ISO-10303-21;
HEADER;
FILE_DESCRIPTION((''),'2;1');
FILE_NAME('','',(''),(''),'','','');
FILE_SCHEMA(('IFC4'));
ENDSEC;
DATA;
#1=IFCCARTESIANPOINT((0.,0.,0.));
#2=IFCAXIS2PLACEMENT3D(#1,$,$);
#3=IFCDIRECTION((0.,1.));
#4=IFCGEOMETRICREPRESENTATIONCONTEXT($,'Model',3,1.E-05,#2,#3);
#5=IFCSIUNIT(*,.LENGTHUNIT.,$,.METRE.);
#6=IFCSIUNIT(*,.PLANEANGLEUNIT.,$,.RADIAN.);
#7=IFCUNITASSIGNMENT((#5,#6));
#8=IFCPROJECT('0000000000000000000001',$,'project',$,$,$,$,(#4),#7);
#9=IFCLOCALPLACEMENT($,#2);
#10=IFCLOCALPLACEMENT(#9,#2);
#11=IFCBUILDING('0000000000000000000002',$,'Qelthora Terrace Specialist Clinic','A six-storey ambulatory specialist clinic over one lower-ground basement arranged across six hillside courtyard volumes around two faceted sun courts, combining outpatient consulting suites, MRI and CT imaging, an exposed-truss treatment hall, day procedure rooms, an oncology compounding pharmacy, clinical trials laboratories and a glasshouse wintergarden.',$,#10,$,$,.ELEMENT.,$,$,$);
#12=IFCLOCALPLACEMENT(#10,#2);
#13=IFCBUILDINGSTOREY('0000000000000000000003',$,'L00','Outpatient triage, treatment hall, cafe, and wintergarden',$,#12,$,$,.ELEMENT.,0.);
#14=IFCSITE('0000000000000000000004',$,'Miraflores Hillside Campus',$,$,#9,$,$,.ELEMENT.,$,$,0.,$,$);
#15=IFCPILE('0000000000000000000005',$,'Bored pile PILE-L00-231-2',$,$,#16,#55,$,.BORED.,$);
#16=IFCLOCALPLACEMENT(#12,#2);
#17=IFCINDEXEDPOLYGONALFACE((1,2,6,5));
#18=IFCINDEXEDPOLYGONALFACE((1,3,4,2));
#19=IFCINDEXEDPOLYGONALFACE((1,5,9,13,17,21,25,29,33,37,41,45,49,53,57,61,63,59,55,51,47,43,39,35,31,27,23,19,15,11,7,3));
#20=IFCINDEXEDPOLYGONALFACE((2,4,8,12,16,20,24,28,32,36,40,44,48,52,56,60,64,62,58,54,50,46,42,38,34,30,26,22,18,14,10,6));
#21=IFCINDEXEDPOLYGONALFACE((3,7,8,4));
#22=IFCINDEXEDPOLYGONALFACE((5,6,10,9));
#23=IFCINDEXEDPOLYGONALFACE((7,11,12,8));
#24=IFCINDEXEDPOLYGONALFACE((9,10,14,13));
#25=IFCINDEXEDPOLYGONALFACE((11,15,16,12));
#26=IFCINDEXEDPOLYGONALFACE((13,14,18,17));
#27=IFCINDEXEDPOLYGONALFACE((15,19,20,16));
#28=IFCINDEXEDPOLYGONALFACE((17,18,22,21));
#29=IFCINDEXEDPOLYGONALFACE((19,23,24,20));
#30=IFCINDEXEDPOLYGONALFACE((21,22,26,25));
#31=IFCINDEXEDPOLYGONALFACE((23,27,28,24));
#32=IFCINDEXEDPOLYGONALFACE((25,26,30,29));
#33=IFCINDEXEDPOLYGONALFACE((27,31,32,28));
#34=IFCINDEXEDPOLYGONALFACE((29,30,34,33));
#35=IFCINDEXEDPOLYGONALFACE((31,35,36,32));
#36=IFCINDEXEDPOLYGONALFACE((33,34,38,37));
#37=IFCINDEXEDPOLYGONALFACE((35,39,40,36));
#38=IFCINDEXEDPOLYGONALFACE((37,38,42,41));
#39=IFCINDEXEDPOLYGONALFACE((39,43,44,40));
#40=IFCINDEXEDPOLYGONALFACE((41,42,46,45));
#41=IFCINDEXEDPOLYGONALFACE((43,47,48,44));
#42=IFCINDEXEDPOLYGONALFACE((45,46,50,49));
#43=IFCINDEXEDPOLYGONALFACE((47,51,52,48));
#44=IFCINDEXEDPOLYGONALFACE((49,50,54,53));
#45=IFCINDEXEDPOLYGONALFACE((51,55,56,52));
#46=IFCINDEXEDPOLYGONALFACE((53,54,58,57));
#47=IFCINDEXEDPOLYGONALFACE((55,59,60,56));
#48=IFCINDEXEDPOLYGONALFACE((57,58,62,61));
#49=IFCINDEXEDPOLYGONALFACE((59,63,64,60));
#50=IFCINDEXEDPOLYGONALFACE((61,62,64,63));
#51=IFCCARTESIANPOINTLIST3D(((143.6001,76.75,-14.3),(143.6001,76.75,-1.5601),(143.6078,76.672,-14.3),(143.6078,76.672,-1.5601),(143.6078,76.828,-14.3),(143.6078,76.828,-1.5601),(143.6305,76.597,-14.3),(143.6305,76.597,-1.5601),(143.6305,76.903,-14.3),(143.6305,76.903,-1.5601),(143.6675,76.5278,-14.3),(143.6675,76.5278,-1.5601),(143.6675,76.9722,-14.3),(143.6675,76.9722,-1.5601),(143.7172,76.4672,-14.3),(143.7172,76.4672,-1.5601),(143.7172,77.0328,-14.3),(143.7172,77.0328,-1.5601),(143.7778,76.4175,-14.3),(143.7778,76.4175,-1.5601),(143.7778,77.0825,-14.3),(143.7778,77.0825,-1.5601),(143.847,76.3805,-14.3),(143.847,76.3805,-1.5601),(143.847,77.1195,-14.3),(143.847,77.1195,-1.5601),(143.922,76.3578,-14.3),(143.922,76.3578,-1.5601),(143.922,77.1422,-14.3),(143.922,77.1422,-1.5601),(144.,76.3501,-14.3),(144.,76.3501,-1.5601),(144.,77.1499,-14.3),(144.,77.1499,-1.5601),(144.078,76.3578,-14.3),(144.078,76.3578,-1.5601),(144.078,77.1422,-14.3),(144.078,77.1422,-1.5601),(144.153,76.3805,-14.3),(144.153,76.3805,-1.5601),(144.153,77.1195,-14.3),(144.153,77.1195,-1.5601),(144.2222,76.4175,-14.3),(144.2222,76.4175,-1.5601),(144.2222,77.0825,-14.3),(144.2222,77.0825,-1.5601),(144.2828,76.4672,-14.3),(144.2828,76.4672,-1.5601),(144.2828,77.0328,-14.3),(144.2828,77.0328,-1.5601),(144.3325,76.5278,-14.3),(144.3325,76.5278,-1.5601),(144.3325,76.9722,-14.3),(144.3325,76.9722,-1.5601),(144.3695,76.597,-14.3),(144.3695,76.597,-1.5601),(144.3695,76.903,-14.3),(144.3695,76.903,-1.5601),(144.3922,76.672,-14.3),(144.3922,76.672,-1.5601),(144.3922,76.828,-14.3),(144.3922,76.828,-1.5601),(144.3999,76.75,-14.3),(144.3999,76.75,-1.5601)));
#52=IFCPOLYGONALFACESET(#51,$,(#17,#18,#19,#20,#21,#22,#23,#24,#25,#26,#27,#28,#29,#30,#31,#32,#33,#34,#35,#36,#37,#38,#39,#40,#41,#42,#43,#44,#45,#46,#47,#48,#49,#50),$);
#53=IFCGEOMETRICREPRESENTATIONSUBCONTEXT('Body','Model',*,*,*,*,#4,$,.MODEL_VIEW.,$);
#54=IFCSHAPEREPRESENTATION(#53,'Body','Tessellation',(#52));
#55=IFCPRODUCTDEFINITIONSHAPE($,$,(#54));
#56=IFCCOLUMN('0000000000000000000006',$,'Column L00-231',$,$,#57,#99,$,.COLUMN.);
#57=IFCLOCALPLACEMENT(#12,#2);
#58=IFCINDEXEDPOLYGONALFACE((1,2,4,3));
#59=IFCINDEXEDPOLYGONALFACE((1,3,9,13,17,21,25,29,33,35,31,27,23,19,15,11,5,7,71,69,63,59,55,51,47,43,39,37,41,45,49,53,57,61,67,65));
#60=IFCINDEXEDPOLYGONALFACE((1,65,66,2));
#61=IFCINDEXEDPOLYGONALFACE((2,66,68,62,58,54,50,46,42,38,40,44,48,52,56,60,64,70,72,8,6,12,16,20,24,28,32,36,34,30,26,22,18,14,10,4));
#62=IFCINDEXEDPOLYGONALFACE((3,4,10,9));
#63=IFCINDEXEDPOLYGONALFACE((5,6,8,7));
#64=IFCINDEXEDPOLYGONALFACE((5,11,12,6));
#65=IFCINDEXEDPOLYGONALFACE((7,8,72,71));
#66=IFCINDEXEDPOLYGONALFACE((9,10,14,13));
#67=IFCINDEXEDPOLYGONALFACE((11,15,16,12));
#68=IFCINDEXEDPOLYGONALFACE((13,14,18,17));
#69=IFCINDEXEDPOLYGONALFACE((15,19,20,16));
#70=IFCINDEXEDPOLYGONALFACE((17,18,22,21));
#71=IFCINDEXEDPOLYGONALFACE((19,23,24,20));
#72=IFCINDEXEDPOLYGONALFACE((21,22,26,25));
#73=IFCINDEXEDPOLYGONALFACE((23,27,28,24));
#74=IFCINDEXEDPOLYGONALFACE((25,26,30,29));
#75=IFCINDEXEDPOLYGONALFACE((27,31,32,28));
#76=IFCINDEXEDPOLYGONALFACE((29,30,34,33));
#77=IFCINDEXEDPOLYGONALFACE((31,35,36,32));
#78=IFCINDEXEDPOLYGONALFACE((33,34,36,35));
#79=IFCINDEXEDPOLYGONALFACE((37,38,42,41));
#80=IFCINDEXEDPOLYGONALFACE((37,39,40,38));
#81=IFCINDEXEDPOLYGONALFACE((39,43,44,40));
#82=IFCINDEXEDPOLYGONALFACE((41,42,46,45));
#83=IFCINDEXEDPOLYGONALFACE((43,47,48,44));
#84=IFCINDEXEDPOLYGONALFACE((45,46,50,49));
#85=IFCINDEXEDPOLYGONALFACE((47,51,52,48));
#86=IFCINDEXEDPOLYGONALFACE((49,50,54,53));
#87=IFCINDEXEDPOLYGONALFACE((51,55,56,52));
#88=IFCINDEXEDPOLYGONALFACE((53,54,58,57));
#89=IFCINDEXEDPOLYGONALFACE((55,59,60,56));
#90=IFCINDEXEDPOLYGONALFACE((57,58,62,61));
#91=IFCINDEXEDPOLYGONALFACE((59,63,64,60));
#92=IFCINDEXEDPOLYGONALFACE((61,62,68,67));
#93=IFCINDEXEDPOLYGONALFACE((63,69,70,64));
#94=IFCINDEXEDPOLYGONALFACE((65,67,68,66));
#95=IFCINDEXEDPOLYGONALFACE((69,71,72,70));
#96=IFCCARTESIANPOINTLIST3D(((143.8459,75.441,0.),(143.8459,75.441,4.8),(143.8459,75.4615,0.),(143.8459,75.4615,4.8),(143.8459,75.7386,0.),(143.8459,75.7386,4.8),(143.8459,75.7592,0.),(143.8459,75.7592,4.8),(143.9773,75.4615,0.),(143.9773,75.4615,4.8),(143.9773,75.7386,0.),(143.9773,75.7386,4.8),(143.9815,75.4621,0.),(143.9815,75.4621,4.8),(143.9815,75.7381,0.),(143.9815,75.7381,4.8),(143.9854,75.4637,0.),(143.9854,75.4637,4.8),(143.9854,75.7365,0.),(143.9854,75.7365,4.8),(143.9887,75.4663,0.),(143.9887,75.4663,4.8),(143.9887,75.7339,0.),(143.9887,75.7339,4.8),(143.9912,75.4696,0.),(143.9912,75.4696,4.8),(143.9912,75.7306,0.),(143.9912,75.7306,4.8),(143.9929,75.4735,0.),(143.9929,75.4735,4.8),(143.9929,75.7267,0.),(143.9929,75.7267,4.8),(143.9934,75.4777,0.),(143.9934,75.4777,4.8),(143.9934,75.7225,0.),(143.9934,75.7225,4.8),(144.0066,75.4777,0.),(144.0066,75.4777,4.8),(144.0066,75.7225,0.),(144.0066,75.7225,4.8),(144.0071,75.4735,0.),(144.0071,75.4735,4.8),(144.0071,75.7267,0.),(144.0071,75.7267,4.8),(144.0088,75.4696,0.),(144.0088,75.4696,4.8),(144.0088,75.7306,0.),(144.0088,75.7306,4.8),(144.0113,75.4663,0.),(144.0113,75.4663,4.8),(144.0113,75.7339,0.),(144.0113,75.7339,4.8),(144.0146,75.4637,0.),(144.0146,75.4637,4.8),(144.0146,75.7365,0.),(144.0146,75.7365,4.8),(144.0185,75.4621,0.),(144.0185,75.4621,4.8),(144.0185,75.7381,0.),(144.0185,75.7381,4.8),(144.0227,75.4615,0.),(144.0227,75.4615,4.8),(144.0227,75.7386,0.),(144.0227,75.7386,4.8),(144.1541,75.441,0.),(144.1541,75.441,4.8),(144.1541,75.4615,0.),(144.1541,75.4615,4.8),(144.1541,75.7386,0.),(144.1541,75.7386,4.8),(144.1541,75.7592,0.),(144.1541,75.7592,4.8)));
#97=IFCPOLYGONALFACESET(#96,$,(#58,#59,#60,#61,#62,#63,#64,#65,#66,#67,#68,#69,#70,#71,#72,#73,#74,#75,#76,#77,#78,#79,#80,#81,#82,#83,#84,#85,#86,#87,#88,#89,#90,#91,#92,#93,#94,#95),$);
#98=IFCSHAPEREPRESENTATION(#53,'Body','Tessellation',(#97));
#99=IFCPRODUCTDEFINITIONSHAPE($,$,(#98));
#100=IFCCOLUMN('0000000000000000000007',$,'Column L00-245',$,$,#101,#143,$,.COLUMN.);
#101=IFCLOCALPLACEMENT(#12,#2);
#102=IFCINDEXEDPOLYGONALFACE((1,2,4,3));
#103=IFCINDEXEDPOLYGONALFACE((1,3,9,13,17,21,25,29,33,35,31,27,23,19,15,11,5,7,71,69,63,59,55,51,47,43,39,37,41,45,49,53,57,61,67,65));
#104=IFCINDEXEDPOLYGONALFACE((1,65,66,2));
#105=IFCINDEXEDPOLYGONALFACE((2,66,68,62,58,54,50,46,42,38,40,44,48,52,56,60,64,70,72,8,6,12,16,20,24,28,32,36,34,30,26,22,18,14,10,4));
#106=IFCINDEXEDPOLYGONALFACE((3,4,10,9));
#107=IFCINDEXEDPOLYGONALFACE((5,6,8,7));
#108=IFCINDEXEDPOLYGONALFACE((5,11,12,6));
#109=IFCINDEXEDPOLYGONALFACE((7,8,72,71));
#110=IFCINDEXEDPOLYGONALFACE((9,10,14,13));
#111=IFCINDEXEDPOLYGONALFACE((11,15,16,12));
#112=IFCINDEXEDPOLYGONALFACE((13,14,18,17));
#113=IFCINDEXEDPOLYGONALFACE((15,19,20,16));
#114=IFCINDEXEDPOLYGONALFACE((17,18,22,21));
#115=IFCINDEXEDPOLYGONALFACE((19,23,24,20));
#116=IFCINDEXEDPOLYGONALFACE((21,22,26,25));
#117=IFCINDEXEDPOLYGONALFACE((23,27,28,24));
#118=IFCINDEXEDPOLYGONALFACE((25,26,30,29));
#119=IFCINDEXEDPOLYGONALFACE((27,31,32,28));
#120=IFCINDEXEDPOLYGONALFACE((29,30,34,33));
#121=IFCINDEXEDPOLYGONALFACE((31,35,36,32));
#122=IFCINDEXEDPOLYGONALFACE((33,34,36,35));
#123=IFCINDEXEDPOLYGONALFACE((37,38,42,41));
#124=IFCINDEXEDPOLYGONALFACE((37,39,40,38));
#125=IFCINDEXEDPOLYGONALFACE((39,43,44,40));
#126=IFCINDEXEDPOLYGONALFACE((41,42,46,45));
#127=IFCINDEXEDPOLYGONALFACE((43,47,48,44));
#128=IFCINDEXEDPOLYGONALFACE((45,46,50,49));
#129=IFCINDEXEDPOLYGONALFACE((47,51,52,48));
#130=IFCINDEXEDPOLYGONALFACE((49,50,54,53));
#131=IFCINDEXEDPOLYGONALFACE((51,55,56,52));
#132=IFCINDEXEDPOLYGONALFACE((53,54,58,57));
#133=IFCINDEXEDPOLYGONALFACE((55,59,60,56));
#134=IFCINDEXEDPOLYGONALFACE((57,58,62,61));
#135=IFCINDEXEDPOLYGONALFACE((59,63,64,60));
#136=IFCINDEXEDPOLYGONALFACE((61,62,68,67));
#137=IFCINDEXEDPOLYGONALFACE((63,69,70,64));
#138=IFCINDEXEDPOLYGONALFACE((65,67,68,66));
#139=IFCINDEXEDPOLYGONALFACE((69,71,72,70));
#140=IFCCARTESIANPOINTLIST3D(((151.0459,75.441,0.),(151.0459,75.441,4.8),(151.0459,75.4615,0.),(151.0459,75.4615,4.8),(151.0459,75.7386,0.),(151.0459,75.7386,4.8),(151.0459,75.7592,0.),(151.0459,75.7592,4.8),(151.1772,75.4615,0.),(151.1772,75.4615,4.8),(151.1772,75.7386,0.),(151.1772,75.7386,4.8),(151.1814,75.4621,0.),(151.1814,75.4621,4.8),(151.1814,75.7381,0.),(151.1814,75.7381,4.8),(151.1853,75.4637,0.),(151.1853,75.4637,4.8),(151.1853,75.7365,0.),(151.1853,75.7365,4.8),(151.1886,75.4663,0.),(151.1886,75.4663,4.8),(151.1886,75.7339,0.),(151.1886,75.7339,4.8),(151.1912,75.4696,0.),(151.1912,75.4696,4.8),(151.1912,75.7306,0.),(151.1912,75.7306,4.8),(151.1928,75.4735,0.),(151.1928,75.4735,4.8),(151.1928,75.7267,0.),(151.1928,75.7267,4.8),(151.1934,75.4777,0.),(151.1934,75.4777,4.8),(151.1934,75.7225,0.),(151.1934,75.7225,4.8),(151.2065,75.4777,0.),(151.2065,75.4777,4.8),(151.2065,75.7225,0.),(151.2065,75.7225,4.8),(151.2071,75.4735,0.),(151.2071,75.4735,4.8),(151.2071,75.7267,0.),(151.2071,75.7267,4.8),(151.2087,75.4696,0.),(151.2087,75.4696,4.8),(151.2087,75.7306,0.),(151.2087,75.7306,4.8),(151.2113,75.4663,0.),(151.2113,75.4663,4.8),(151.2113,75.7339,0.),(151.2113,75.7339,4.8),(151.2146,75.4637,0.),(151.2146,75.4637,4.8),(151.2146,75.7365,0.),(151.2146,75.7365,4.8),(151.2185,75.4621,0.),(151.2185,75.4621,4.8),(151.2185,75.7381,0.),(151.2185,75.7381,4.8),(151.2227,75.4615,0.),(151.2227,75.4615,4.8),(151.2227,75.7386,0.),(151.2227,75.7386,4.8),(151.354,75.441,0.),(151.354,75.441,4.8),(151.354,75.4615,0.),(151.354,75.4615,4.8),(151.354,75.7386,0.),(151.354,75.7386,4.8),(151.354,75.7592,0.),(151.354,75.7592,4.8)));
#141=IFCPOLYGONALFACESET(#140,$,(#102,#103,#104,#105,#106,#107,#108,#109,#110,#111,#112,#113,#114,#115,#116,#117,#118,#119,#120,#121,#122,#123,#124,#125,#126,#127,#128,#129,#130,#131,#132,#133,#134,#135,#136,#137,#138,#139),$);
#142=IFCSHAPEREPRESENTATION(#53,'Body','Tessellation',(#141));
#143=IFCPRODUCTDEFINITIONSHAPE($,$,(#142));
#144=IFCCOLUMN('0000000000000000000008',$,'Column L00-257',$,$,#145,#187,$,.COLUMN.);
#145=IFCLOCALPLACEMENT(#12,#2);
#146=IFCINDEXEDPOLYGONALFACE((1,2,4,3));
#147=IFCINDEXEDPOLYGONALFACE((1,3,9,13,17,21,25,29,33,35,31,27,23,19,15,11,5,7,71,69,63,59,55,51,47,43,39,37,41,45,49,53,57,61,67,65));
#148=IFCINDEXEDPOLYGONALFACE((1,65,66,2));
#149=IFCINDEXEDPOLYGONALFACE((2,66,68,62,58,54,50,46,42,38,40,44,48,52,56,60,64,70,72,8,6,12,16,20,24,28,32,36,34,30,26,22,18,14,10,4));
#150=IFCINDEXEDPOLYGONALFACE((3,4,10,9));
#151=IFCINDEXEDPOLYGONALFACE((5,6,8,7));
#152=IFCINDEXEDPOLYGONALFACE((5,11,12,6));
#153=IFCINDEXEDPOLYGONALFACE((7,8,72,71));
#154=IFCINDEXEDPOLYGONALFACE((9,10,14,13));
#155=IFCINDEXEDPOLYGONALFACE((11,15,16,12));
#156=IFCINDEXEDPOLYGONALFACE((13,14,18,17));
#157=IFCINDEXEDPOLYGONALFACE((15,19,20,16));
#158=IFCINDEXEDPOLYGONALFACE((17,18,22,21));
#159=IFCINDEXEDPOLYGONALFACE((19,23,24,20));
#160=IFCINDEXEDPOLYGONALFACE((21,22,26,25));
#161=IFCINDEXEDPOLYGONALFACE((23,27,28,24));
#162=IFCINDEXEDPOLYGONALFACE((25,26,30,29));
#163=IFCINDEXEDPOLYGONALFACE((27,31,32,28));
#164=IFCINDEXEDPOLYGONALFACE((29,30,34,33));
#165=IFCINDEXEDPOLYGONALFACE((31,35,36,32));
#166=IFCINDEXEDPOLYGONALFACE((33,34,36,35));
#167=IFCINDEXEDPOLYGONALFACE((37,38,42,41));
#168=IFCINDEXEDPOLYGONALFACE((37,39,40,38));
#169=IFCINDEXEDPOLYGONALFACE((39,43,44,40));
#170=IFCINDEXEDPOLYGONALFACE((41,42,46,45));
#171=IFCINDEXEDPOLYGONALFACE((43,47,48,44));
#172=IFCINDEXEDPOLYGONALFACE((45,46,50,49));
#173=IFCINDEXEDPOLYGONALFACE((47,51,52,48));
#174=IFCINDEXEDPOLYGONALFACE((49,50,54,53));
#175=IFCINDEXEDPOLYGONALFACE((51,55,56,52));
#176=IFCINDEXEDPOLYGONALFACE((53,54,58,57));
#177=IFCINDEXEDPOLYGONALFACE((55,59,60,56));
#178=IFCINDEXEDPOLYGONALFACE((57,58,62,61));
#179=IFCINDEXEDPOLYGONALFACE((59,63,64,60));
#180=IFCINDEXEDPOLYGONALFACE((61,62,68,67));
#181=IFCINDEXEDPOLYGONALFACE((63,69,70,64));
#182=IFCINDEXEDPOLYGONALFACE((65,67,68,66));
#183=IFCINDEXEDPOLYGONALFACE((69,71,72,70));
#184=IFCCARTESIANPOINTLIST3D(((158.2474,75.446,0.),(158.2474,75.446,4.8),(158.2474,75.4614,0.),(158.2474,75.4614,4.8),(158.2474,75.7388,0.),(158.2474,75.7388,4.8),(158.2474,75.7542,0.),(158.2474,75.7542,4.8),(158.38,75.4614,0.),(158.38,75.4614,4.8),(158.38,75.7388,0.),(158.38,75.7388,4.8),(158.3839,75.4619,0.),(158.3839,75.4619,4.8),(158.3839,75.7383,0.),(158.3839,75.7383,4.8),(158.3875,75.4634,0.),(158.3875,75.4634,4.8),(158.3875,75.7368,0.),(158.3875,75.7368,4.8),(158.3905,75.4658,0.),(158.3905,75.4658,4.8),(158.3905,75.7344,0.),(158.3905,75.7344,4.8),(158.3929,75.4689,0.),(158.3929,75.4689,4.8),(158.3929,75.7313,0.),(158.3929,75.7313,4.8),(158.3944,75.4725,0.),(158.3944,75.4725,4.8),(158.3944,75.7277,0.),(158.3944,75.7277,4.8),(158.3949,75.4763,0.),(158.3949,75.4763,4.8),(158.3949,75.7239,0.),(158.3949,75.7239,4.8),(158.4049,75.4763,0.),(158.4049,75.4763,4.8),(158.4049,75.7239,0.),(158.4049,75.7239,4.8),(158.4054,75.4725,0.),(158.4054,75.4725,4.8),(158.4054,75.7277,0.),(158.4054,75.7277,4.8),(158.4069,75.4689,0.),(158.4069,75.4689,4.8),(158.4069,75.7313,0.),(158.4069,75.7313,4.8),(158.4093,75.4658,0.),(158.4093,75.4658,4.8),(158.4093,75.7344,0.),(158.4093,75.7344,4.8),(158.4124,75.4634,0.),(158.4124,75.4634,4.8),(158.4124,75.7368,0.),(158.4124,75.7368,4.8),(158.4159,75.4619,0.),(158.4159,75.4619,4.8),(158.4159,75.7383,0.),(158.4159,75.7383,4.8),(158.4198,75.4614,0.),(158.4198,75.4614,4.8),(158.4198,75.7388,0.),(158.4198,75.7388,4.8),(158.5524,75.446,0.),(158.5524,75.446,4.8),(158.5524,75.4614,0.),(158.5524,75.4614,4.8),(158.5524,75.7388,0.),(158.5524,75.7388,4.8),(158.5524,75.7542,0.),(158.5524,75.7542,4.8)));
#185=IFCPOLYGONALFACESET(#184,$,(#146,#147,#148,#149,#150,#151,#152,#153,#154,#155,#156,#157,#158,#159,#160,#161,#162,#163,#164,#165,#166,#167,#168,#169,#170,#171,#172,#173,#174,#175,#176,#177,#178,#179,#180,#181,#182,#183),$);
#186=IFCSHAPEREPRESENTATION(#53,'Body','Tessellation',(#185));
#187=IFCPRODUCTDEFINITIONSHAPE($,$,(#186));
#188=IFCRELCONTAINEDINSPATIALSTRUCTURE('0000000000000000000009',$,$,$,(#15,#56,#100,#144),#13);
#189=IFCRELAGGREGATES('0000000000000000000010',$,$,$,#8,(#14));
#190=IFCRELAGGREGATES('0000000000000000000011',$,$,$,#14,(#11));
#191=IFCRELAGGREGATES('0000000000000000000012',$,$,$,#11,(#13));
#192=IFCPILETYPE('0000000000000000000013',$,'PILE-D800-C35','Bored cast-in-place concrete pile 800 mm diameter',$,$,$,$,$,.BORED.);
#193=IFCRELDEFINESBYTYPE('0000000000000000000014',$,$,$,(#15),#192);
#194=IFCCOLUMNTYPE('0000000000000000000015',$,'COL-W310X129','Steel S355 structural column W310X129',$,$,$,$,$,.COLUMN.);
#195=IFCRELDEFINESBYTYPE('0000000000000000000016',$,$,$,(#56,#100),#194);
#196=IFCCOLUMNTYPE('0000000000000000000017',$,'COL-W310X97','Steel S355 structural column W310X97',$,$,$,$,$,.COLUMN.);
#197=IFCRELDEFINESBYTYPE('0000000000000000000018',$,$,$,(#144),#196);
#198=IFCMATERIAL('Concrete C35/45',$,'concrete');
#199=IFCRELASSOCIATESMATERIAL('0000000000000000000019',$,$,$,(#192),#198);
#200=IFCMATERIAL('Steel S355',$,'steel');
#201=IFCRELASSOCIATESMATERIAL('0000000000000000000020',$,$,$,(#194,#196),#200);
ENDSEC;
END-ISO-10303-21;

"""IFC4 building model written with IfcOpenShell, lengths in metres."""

from ifc_helpers import new_model, si_unit, direction, frame, origin, origin_2d, place, context, subcontext, project, spatial, circle, i_section, extrude, material, material_profile, profile_set, type_object, element, save


model = new_model("IFC4")

# Units and contexts
model_context = context("Model", 3, precision=1e-05, world=origin(), true_north=direction((0.0, 1.0)))
body_context = subcontext(model_context, "Body", "Model", "MODEL_VIEW")
ifc_project = project(units=[si_unit("LENGTHUNIT", "METRE"), si_unit("PLANEANGLEUNIT", "RADIAN")], contexts=[model_context])

# Site, building, storey
site_placement = place(None, origin())
site = spatial("IfcSite", under=ifc_project, at=site_placement, Name="Miraflores Hillside Campus", CompositionType="ELEMENT", RefElevation=0.0)
building_placement = place(site_placement, origin())
building = spatial("IfcBuilding", under=site, at=building_placement, Name="Qelthora Terrace Specialist Clinic", Description="A six-storey ambulatory specialist clinic over one lower-ground basement arranged across six hillside courtyard volumes around two faceted sun courts, combining outpatient consulting suites, MRI and CT imaging, an exposed-truss treatment hall, day procedure rooms, an oncology compounding pharmacy, clinical trials laboratories and a glasshouse wintergarden.", CompositionType="ELEMENT")
storey_placement = place(building_placement, origin())
storey = spatial("IfcBuildingStorey", under=building, at=storey_placement, Name="L00", Description="Outpatient triage, treatment hall, cafe, and wintergarden", CompositionType="ELEMENT", Elevation=0.0)

# Shared definitions
ifc_material_1 = material(Name="Concrete C35/45", Category="concrete")

# Pile
ifc_material_profile_1 = material_profile(ifc_material_1, circle(Radius=0.3999, at=origin_2d()), Name="PILE800")
ifc_profile_set_1 = profile_set([ifc_material_profile_1], Name="Concrete C35/45")
pile_type_1 = type_object("IfcPileType", Name="PILE-D800-C35", Description="Bored cast-in-place concrete pile 800 mm diameter", PredefinedType="BORED", material=ifc_profile_set_1)
for number, where, z_axis, x_axis, name in (
    (1, (144.0, 76.75, -1.5601), (0.0, 0.0, -1.0), (1.0, 0.0, 0.0), "Bored pile PILE-L00-231-2"),
):
    element("IfcPile", number, at=place(storey_placement, frame(where, z_axis=z_axis, x_axis=x_axis)), inside=storey, type_object=pile_type_1, Name=name, PredefinedType="BORED", context=body_context, shape_type="SweptSolid", body=[
        extrude(circle(Radius=0.3999, at=origin_2d()), origin(), (0.0, 0.0, 1.0), 12.74),
    ])

# Columns
ifc_material_2 = material(Name="Steel S355", Category="steel")
ifc_material_profile_2 = material_profile(ifc_material_2, i_section(OverallWidth=0.3081, OverallDepth=0.3181, WebThickness=0.0132, FlangeThickness=0.0205, FilletRadius=0.0161, at=origin_2d()), Name="W310X129")
ifc_profile_set_2 = profile_set([ifc_material_profile_2], Name="Steel S355")
column_type_1 = type_object("IfcColumnType", Name="COL-W310X129", Description="Steel S355 structural column W310X129", PredefinedType="COLUMN", material=ifc_profile_set_2)
for number, where, z_axis, x_axis, name in (
    (2, (144.0, 75.6001, 0.0), (0.0, 0.0, 1.0), (1.0, 0.0, 0.0), "Column L00-231"),
    (3, (151.2, 75.6001, 0.0), (0.0, 0.0, 1.0), (1.0, 0.0, 0.0), "Column L00-245"),
):
    element("IfcColumn", number, at=place(storey_placement, frame(where, z_axis=z_axis, x_axis=x_axis)), inside=storey, type_object=column_type_1, Name=name, PredefinedType="COLUMN", context=body_context, shape_type="SweptSolid", body=[
        extrude(i_section(OverallWidth=0.3081, OverallDepth=0.3181, WebThickness=0.0132, FlangeThickness=0.0205, FilletRadius=0.0161, at=origin_2d()), origin(), (0.0, 0.0, 1.0), 4.8),
    ])
ifc_material_profile_3 = material_profile(ifc_material_2, i_section(OverallWidth=0.3049, OverallDepth=0.3081, WebThickness=0.01, FlangeThickness=0.0154, FilletRadius=0.0149, at=origin_2d()), Name="W310X97")
ifc_profile_set_3 = profile_set([ifc_material_profile_3], Name="Steel S355")
column_type_2 = type_object("IfcColumnType", Name="COL-W310X97", Description="Steel S355 structural column W310X97", PredefinedType="COLUMN", material=ifc_profile_set_3)
column_placement = place(storey_placement, frame((158.3999, 75.6001, 0.0), z_axis=(0.0, 0.0, 1.0), x_axis=(1.0, 0.0, 0.0)))
element("IfcColumn", 4, at=column_placement, inside=storey, type_object=column_type_2, Name="Column L00-257", PredefinedType="COLUMN", context=body_context, shape_type="SweptSolid", body=[
    extrude(i_section(OverallWidth=0.3049, OverallDepth=0.3081, WebThickness=0.01, FlangeThickness=0.0154, FilletRadius=0.0149, at=origin_2d()), origin(), (0.0, 0.0, 1.0), 4.8),
])

save(model, "model.ifc")
